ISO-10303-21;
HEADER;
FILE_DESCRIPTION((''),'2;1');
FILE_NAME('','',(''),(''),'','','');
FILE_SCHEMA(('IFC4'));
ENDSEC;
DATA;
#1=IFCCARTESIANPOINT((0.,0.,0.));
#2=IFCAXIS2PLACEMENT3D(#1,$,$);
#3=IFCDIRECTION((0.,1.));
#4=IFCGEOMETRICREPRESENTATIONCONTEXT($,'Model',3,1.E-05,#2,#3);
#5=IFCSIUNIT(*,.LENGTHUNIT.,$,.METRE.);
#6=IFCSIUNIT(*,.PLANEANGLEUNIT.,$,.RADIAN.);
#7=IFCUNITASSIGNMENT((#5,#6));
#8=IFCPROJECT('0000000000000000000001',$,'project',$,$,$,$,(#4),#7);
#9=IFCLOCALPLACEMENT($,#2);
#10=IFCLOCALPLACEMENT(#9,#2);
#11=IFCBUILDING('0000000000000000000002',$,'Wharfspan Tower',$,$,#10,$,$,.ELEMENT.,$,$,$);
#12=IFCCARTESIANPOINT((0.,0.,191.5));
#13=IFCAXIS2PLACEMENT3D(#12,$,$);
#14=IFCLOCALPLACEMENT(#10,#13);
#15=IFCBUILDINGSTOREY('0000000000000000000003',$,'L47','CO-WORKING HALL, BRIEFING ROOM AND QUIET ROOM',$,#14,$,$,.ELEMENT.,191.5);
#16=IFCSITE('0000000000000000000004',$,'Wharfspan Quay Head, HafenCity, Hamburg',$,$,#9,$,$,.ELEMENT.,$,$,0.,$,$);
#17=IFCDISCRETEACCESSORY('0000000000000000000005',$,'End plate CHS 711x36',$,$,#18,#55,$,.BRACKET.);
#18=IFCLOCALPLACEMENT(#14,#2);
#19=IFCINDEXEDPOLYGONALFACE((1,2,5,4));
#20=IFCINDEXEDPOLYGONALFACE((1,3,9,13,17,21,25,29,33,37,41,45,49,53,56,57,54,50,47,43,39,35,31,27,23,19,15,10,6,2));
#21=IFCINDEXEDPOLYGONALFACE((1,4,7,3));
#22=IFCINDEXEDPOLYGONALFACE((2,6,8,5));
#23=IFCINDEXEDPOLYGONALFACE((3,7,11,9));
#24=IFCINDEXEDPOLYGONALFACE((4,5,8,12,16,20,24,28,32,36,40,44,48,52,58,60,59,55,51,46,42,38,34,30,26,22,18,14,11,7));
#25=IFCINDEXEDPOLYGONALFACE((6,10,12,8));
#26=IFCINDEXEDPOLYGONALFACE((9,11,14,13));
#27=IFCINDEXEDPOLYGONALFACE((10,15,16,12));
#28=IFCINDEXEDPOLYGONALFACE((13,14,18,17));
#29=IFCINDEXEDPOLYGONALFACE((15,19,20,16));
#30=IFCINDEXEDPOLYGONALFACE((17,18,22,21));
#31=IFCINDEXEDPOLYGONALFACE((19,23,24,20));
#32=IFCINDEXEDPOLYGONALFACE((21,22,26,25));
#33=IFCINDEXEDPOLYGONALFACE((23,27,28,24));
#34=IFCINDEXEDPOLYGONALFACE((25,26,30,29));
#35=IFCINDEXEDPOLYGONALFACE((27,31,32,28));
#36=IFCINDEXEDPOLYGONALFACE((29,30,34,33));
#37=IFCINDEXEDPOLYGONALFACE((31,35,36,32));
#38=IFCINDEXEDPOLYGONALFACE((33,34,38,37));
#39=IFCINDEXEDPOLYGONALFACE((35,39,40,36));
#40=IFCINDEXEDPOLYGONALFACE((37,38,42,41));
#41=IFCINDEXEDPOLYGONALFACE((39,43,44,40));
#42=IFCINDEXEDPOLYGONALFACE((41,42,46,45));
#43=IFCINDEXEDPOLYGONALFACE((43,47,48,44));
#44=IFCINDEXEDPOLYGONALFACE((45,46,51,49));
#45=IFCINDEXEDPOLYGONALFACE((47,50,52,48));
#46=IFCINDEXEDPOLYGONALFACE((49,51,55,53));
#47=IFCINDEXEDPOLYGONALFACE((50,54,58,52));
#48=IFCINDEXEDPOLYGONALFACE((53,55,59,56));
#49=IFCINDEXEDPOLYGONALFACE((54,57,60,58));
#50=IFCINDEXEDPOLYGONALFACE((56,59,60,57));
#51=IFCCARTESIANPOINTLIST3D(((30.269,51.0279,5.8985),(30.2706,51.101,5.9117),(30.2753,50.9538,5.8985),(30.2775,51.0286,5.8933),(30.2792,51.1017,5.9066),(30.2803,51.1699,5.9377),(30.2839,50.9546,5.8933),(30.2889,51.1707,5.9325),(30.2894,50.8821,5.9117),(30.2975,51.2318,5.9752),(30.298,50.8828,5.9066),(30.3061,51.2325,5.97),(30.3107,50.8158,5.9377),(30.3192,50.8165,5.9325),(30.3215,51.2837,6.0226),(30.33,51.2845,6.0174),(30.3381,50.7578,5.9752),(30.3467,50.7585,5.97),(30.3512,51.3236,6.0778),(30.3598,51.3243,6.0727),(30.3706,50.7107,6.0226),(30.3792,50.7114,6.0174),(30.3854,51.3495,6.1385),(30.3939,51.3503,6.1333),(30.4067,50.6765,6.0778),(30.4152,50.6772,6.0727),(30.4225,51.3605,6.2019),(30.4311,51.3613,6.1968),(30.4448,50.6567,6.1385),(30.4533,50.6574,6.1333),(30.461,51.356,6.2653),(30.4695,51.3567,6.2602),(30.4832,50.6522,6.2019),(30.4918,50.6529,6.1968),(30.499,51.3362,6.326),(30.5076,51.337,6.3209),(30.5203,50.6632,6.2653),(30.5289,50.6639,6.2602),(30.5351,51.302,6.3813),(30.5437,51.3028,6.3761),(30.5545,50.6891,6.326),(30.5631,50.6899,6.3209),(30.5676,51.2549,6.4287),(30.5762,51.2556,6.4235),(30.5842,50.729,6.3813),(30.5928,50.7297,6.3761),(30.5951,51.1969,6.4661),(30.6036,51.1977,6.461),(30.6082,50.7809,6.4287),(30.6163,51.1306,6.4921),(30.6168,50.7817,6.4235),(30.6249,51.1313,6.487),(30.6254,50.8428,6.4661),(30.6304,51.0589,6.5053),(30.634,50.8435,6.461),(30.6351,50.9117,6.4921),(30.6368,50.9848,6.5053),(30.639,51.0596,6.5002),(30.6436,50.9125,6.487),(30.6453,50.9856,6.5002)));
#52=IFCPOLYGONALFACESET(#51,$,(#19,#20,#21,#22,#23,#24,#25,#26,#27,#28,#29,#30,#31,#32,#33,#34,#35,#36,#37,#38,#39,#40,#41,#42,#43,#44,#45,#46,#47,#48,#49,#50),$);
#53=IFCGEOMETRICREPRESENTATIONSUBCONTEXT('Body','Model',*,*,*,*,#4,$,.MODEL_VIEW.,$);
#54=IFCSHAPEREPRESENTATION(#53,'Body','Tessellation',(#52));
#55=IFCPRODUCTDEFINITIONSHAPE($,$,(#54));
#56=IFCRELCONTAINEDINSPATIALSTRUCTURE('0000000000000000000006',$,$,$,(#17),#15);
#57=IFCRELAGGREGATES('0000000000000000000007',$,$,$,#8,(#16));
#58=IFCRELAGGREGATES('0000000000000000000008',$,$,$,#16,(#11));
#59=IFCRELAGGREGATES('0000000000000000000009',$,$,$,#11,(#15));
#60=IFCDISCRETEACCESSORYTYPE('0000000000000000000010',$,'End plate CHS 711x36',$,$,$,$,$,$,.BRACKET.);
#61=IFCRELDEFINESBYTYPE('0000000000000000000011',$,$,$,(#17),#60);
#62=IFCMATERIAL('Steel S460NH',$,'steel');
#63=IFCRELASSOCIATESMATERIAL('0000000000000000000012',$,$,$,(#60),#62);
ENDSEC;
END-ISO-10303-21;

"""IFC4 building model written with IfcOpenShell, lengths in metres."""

from ifc_helpers import new_model, si_unit, direction, frame, origin, origin_2d, place, context, subcontext, project, spatial, circle, extrude, material, material_profile, profile_set, type_object, element, save


model = new_model("IFC4")

# Units and contexts
model_context = context("Model", 3, precision=1e-05, world=origin(), true_north=direction((0.0, 1.0)))
body_context = subcontext(model_context, "Body", "Model", "MODEL_VIEW")
ifc_project = project(units=[si_unit("LENGTHUNIT", "METRE"), si_unit("PLANEANGLEUNIT", "RADIAN")], contexts=[model_context])

# Site, building, storey
site_placement = place(None, origin())
site = spatial("IfcSite", under=ifc_project, at=site_placement, Name="Wharfspan Quay Head, HafenCity, Hamburg", CompositionType="ELEMENT", RefElevation=0.0)
building_placement = place(site_placement, origin())
building = spatial("IfcBuilding", under=site, at=building_placement, Name="Wharfspan Tower", CompositionType="ELEMENT")
storey_placement = place(building_placement, frame((0.0, 0.0, 191.5)))
storey = spatial("IfcBuildingStorey", under=building, at=storey_placement, Name="L47", Description="CO-WORKING HALL, BRIEFING ROOM AND QUIET ROOM", CompositionType="ELEMENT", Elevation=191.5)

# Shared definitions
ifc_material_1 = material(Name="Steel S460NH", Category="steel")

# Discrete accessory
ifc_material_profile_1 = material_profile(ifc_material_1, circle(Radius=0.3555, at=origin_2d()))
ifc_profile_set_1 = profile_set([ifc_material_profile_1], Name="Steel S460NH")
discrete_accessory_type = type_object("IfcDiscreteAccessoryType", Name="End plate CHS 711x36", PredefinedType="BRACKET", material=ifc_profile_set_1)
for number, where, z_axis, x_axis, name in (
    (1, (30.4614, 51.0071, 6.1968), (-0.855186, -0.073302, 0.513112), (0.085402, -0.996345, 0.000001), "End plate CHS 711x36"),
):
    element("IfcDiscreteAccessory", number, at=place(storey_placement, frame(where, z_axis=z_axis, x_axis=x_axis)), inside=storey, type_object=discrete_accessory_type, Name=name, PredefinedType="BRACKET", context=body_context, shape_type="SweptSolid", body=[
        extrude(circle(Radius=0.3555, at=origin_2d()), origin(), (0.0, 0.0, 1.0), 0.01),
    ])

save(model, "model.ifc")
